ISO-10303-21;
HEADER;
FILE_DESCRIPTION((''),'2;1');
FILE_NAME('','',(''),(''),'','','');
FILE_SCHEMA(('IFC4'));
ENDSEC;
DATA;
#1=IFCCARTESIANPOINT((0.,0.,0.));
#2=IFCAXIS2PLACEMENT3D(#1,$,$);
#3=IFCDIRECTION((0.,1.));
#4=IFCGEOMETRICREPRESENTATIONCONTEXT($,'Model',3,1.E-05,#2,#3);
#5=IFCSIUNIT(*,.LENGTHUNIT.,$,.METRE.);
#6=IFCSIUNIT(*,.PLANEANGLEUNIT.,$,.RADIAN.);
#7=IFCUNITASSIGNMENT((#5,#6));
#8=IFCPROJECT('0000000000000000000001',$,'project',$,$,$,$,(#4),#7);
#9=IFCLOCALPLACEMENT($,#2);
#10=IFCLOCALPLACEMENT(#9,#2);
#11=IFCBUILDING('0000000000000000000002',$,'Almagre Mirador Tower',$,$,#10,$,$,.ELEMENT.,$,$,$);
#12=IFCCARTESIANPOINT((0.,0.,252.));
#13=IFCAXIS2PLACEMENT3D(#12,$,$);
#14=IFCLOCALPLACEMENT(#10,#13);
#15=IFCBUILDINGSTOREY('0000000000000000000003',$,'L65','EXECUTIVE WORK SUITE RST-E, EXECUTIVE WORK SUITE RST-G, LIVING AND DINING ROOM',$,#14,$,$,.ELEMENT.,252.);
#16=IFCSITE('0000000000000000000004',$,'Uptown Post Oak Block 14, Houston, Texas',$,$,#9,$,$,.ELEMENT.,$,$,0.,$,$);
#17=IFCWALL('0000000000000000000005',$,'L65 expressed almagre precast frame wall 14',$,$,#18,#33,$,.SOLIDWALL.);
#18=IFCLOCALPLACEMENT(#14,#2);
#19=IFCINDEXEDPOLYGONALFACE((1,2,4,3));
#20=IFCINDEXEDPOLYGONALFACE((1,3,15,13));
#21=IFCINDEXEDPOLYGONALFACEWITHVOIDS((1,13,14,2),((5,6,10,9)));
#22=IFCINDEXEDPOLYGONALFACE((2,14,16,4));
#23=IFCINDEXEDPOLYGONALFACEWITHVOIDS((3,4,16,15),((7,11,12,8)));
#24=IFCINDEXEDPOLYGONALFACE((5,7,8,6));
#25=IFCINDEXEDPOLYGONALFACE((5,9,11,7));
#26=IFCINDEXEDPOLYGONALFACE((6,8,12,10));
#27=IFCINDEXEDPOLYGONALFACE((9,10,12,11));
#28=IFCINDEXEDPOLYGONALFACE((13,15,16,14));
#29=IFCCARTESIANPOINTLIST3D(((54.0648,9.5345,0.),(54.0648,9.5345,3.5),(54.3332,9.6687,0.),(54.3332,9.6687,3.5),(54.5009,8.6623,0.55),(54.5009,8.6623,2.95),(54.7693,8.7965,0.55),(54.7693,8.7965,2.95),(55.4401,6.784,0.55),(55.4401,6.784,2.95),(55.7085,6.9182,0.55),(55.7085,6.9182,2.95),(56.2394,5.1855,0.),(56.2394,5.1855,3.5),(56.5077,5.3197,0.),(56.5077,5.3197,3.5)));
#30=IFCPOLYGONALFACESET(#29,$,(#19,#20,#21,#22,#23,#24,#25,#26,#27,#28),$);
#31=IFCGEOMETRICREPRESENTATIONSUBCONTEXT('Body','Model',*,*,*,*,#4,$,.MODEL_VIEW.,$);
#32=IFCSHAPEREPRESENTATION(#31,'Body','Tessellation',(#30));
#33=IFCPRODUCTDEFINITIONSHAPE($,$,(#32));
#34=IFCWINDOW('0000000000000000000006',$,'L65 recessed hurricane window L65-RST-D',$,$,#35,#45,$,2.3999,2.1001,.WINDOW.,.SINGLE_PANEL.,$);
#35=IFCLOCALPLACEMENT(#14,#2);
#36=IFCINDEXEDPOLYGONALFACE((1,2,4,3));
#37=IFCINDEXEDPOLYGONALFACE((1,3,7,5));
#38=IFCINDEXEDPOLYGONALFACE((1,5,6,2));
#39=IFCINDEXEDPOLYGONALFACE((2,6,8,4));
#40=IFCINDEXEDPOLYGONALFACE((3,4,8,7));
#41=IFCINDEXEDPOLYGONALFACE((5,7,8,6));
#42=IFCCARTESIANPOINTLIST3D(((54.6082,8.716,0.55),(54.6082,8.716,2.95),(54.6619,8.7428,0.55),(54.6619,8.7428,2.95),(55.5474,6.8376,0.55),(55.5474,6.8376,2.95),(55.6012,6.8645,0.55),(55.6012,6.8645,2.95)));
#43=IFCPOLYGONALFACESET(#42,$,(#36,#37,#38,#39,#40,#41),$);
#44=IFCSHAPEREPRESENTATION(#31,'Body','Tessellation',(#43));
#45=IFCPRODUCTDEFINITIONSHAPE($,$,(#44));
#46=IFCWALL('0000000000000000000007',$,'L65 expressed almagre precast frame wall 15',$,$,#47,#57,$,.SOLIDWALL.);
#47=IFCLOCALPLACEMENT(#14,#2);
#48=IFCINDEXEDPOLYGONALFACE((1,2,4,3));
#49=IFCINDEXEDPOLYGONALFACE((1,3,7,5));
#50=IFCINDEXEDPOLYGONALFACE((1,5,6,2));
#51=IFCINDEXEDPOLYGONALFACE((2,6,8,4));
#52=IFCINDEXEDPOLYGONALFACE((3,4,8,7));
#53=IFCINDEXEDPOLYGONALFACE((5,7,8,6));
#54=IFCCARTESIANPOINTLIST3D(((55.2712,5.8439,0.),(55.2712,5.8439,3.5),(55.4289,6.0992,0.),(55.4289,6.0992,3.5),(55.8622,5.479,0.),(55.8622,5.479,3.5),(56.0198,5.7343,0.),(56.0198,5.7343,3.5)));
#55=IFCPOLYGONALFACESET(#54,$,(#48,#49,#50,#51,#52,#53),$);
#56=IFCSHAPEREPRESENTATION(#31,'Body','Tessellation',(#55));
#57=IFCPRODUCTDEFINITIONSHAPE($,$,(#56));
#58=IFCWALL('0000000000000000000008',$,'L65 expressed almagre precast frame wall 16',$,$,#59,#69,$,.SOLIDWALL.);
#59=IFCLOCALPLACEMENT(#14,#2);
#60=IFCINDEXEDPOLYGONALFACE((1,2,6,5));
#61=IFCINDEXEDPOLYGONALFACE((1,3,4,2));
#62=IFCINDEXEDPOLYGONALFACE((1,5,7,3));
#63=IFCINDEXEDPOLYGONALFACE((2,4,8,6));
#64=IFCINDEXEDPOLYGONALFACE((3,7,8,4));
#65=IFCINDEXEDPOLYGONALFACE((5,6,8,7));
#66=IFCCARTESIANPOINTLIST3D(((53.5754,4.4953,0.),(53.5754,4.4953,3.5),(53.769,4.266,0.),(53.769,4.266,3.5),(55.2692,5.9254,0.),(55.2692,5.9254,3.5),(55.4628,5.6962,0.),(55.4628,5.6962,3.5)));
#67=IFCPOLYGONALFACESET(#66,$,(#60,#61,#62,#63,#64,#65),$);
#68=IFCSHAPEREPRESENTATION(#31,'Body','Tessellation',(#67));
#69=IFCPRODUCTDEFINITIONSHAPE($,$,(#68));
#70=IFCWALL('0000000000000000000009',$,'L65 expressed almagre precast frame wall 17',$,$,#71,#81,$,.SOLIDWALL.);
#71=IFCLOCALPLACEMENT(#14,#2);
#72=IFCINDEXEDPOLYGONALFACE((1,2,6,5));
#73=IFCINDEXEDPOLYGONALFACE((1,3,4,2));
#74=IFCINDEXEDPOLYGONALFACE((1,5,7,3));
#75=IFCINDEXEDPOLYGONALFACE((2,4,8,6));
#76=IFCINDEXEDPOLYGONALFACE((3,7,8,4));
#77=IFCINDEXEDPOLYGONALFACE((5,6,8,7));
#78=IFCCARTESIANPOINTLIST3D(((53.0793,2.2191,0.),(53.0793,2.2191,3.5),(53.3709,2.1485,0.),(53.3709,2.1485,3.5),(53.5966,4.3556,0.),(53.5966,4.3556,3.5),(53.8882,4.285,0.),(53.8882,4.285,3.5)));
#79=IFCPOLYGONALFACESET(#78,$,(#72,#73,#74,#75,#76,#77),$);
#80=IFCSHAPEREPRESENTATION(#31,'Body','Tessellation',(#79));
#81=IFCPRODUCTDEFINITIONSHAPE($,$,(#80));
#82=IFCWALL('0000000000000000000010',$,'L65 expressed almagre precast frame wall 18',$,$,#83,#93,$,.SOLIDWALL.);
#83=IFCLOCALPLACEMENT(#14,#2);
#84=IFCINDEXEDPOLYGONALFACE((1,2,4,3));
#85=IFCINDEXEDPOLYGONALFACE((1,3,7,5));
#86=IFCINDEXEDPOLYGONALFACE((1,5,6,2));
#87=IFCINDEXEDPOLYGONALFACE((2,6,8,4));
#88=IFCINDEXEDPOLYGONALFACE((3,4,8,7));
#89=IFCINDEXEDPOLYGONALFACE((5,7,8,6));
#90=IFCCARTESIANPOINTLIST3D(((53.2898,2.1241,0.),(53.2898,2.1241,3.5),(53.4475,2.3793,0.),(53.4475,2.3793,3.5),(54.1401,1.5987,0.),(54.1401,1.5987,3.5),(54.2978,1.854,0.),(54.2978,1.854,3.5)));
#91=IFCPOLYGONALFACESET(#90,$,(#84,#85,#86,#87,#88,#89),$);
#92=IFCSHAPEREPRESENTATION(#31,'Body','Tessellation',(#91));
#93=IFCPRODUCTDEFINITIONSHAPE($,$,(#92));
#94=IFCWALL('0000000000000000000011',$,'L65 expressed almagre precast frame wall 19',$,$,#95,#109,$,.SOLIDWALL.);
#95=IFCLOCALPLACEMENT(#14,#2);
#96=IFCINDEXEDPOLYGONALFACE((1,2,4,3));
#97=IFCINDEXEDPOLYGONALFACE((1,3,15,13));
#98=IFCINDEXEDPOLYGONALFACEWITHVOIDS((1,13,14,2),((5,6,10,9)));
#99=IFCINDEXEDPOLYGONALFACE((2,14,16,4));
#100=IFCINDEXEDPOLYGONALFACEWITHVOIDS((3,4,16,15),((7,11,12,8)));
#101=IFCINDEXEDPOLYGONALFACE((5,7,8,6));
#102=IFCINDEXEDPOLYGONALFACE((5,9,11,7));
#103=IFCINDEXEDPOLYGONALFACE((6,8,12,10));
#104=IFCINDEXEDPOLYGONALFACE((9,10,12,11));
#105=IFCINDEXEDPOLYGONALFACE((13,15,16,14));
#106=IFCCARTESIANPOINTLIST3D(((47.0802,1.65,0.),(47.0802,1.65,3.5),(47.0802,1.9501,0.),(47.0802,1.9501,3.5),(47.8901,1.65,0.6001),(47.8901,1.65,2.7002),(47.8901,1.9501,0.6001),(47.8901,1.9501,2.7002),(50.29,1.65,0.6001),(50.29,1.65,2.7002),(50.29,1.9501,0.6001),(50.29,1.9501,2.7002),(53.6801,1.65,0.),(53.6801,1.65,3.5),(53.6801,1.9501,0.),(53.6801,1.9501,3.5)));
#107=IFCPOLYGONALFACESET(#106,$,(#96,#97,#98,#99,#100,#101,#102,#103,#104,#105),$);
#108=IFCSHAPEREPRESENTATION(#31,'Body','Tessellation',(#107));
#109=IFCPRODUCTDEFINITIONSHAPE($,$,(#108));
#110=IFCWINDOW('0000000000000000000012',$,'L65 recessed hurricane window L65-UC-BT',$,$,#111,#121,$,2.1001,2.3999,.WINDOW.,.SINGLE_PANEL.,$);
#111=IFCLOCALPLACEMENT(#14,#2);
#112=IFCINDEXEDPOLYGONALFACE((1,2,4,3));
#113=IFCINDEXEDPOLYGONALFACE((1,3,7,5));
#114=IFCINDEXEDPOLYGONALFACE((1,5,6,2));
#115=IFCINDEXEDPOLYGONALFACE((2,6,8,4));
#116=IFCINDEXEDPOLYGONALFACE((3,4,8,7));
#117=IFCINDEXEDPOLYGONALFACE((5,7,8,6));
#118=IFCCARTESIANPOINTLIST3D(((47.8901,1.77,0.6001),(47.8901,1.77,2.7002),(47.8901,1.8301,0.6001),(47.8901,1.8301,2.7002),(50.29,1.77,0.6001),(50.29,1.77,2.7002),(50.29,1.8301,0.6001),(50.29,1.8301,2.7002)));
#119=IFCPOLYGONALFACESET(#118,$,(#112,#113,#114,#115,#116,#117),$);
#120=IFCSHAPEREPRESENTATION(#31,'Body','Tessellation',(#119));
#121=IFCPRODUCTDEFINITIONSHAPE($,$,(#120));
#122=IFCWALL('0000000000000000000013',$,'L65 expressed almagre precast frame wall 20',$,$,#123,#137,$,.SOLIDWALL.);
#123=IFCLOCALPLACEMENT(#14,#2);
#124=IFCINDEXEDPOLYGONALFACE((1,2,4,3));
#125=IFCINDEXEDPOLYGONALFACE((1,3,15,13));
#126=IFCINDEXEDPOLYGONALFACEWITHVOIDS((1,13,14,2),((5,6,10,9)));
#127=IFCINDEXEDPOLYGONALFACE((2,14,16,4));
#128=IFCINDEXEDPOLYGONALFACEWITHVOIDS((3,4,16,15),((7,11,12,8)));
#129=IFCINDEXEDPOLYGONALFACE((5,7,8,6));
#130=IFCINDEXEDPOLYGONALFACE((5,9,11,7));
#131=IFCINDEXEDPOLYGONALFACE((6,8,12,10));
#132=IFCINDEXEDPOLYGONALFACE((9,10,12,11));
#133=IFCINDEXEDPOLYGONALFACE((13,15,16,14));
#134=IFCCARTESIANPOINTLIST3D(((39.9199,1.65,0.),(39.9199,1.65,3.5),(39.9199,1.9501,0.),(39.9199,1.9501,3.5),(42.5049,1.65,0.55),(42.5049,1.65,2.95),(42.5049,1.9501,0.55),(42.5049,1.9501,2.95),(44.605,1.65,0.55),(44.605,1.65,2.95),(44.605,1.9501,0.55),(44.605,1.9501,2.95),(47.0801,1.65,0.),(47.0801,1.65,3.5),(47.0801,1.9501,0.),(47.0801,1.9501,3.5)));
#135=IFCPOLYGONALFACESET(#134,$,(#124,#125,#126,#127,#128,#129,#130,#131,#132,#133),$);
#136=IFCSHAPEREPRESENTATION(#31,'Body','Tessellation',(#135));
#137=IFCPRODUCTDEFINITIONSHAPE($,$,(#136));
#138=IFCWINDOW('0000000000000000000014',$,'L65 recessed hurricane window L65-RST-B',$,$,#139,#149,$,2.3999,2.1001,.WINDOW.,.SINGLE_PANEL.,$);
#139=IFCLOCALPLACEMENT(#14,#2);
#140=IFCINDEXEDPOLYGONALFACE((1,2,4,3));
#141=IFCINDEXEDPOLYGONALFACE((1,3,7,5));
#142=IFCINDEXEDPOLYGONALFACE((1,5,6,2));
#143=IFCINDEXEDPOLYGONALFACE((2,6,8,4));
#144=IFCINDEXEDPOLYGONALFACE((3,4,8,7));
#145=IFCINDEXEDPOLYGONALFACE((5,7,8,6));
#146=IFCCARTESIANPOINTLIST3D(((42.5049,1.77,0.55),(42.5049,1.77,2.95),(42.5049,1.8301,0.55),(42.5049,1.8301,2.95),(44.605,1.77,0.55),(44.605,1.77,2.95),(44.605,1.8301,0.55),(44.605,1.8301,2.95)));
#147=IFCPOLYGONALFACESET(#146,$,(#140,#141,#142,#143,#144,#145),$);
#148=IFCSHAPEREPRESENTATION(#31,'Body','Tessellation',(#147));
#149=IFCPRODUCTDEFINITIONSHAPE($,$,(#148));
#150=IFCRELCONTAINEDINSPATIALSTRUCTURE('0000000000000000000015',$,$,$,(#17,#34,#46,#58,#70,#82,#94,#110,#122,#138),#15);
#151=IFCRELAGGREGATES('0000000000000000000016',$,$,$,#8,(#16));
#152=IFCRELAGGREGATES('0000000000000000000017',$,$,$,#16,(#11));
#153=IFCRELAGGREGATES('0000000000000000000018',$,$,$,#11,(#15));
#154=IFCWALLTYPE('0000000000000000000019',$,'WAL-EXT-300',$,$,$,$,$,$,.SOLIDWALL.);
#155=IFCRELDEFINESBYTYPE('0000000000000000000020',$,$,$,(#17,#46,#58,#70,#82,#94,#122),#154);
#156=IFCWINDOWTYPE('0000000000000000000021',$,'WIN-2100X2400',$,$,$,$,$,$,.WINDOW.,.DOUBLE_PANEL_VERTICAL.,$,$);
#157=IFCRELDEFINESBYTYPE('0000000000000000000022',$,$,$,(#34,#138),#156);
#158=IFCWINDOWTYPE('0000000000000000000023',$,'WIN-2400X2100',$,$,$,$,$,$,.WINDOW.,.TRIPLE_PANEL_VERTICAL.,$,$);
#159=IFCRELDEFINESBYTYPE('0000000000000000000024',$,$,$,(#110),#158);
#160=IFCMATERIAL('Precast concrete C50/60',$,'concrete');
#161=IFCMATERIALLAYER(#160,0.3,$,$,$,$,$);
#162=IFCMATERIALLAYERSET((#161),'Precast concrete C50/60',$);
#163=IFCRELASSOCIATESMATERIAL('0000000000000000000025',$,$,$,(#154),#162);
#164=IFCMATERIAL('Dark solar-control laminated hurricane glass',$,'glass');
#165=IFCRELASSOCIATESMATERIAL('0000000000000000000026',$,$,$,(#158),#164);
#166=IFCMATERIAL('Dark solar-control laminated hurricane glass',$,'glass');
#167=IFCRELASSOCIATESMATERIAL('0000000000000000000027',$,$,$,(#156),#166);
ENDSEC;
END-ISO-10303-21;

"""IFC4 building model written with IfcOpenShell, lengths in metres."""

from ifc_helpers import new_model, si_unit, direction, frame, frame_2d, origin, place, context, subcontext, project, spatial, rectangle, extrude, material, layer, layer_set, type_object, element, fill, save


model = new_model("IFC4")

# Units and contexts
model_context = context("Model", 3, precision=1e-05, world=origin(), true_north=direction((0.0, 1.0)))
body_context = subcontext(model_context, "Body", "Model", "MODEL_VIEW")
ifc_project = project(units=[si_unit("LENGTHUNIT", "METRE"), si_unit("PLANEANGLEUNIT", "RADIAN")], contexts=[model_context])

# Site, building, storey
site_placement = place(None, origin())
site = spatial("IfcSite", under=ifc_project, at=site_placement, Name="Uptown Post Oak Block 14, Houston, Texas", CompositionType="ELEMENT", RefElevation=0.0)
building_placement = place(site_placement, origin())
building = spatial("IfcBuilding", under=site, at=building_placement, Name="Almagre Mirador Tower", CompositionType="ELEMENT")
storey_placement = place(building_placement, frame((0.0, 0.0, 252.0)))
storey = spatial("IfcBuildingStorey", under=building, at=storey_placement, Name="L65", Description="EXECUTIVE WORK SUITE RST-E, EXECUTIVE WORK SUITE RST-G, LIVING AND DINING ROOM", CompositionType="ELEMENT", Elevation=252.0)

# Wall, opening, window
ifc_material_1 = material(Name="Precast concrete C50/60", Category="concrete")
ifc_layer_1 = layer(ifc_material_1, 0.3)
ifc_layer_set_1 = layer_set([ifc_layer_1], Name="Precast concrete C50/60")
wall_type_1 = type_object("IfcWallType", Name="WAL-EXT-300", PredefinedType="SOLIDWALL", material=ifc_layer_set_1)
ifc_material_2 = material(Name="Dark solar-control laminated hurricane glass", Category="glass")
window_type_1 = type_object("IfcWindowType", Name="WIN-2400X2100", PartitioningType="TRIPLE_PANEL_VERTICAL", PredefinedType="WINDOW", material=ifc_material_2)
wall_1_placement = place(storey_placement, frame((54.199, 9.6016, 0.0), z_axis=(0.0, 0.0, 1.0), x_axis=(0.447234, -0.894417, 0.0)))
wall_1 = element("IfcWall", 1, at=wall_1_placement, inside=storey, type_object=wall_type_1, Name="L65 expressed almagre precast frame wall 14", PredefinedType="SOLIDWALL", context=body_context, shape_type="SweptSolid", body=[
    extrude(rectangle(XDim=4.8623, YDim=0.3, at=frame_2d((2.4312, 0.0))), origin(), (0.0, 0.0, 1.0), 3.5),
])
opening_1_placement = place(wall_1_placement, frame((0.9751, 0.0, 0.55)))
opening_1 = element("IfcOpeningElement", 2, at=opening_1_placement, cuts=wall_1, PredefinedType="OPENING", context=body_context, shape_type="SweptSolid", body=[
    extrude(rectangle(XDim=2.1001, YDim=2.3999, at=frame_2d((1.05, 1.2))), frame((0.0, 0.1599, 0.0), z_axis=(0.0, -1.0, 0.0), x_axis=(1.0, 0.0, 0.0)), (0.0, 0.0, 1.0), 0.32),
])
ifc_material_3 = material(Name="Dark solar-control laminated hurricane glass", Category="glass")
window_type_2 = type_object("IfcWindowType", Name="WIN-2100X2400", PartitioningType="DOUBLE_PANEL_VERTICAL", PredefinedType="WINDOW", material=ifc_material_3)
window_1_placement = place(opening_1_placement, origin())
window_1 = element("IfcWindow", 3, at=window_1_placement, inside=storey, type_object=window_type_2, Name="L65 recessed hurricane window L65-RST-D", OverallHeight=2.3999, OverallWidth=2.1001, PartitioningType="SINGLE_PANEL", PredefinedType="WINDOW", context=body_context, shape_type="SweptSolid", body=[
    extrude(rectangle(XDim=2.1001, YDim=2.3999, at=frame_2d((1.05, 1.2))), frame((0.0, 0.03, 0.0), z_axis=(0.0, -1.0, 0.0), x_axis=(1.0, 0.0, 0.0)), (0.0, 0.0, 1.0), 0.0601),
])
fill(opening_1, window_1)

# Walls
wall_2_placement = place(storey_placement, frame((55.9409, 5.6067, 0.0), z_axis=(0.0, 0.0, 1.0), x_axis=(-0.850849, 0.525411, 0.0)))
element("IfcWall", 4, at=wall_2_placement, inside=storey, type_object=wall_type_1, Name="L65 expressed almagre precast frame wall 15", PredefinedType="SOLIDWALL", context=body_context, shape_type="SweptSolid", body=[
    extrude(rectangle(XDim=0.6946, YDim=0.3, at=frame_2d((0.3472, 0.0))), origin(), (0.0, 0.0, 1.0), 3.5),
])
wall_3_placement = place(storey_placement, frame((55.366, 5.8108, 0.0), z_axis=(0.0, 0.0, 1.0), x_axis=(-0.764071, -0.645132, 0.0)))
element("IfcWall", 5, at=wall_3_placement, inside=storey, type_object=wall_type_1, Name="L65 expressed almagre precast frame wall 16", PredefinedType="SOLIDWALL", context=body_context, shape_type="SweptSolid", body=[
    extrude(rectangle(XDim=2.2168, YDim=0.3, at=frame_2d((1.1084, 0.0))), origin(), (0.0, 0.0, 1.0), 3.5),
])
wall_4_placement = place(storey_placement, frame((53.7424, 4.3203, 0.0), z_axis=(0.0, 0.0, 1.0), x_axis=(-0.235343, -0.971912, 0.0)))
element("IfcWall", 6, at=wall_4_placement, inside=storey, type_object=wall_type_1, Name="L65 expressed almagre precast frame wall 17", PredefinedType="SOLIDWALL", context=body_context, shape_type="SweptSolid", body=[
    extrude(rectangle(XDim=2.1982, YDim=0.3, at=frame_2d((1.0991, 0.0))), origin(), (0.0, 0.0, 1.0), 3.5),
])
wall_5_placement = place(storey_placement, frame((53.3687, 2.2517, 0.0), z_axis=(0.0, 0.0, 1.0), x_axis=(0.850718, -0.525623, 0.0)))
element("IfcWall", 7, at=wall_5_placement, inside=storey, type_object=wall_type_1, Name="L65 expressed almagre precast frame wall 18", PredefinedType="SOLIDWALL", context=body_context, shape_type="SweptSolid", body=[
    extrude(rectangle(XDim=0.9995, YDim=0.3, at=frame_2d((0.4998, 0.0))), origin(), (0.0, 0.0, 1.0), 3.5),
])

# Walls, openings, windows
wall_6_placement = place(storey_placement, frame((53.6799, 1.8, 0.0), z_axis=(0.0, 0.0, 1.0), x_axis=(-1.0, 0.0, 0.0)))
wall_6 = element("IfcWall", 8, at=wall_6_placement, inside=storey, type_object=wall_type_1, Name="L65 expressed almagre precast frame wall 19", PredefinedType="SOLIDWALL", context=body_context, shape_type="SweptSolid", body=[
    extrude(rectangle(XDim=6.5999, YDim=0.3, at=frame_2d((3.2998, 0.0))), origin(), (0.0, 0.0, 1.0), 3.5),
])
opening_2_placement = place(wall_6_placement, frame((3.3899, 0.0, 0.6001)))
opening_2 = element("IfcOpeningElement", 9, at=opening_2_placement, cuts=wall_6, PredefinedType="OPENING", context=body_context, shape_type="SweptSolid", body=[
    extrude(rectangle(XDim=2.3999, YDim=2.1001, at=frame_2d((1.2, 1.05))), frame((0.0, 0.1599, 0.0), z_axis=(0.0, -1.0, 0.0), x_axis=(1.0, 0.0, 0.0)), (0.0, 0.0, 1.0), 0.32),
])
window_2_placement = place(opening_2_placement, origin())
window_2 = element("IfcWindow", 10, at=window_2_placement, inside=storey, type_object=window_type_1, Name="L65 recessed hurricane window L65-UC-BT", OverallHeight=2.1001, OverallWidth=2.3999, PartitioningType="SINGLE_PANEL", PredefinedType="WINDOW", context=body_context, shape_type="SweptSolid", body=[
    extrude(rectangle(XDim=2.3999, YDim=2.1001, at=frame_2d((1.2, 1.05))), frame((0.0, 0.03, 0.0), z_axis=(0.0, -1.0, 0.0), x_axis=(1.0, 0.0, 0.0)), (0.0, 0.0, 1.0), 0.0601),
])
fill(opening_2, window_2)
wall_7_placement = place(storey_placement, frame((47.0801, 1.8, 0.0), z_axis=(0.0, 0.0, 1.0), x_axis=(-1.0, 0.0, 0.0)))
wall_7 = element("IfcWall", 11, at=wall_7_placement, inside=storey, type_object=wall_type_1, Name="L65 expressed almagre precast frame wall 20", PredefinedType="SOLIDWALL", context=body_context, shape_type="SweptSolid", body=[
    extrude(rectangle(XDim=7.1602, YDim=0.3, at=frame_2d((3.5801, 0.0))), origin(), (0.0, 0.0, 1.0), 3.5),
])
opening_3_placement = place(wall_7_placement, frame((2.4751, 0.0, 0.55)))
opening_3 = element("IfcOpeningElement", 12, at=opening_3_placement, cuts=wall_7, PredefinedType="OPENING", context=body_context, shape_type="SweptSolid", body=[
    extrude(rectangle(XDim=2.1001, YDim=2.3999, at=frame_2d((1.05, 1.2))), frame((0.0, 0.1599, 0.0), z_axis=(0.0, -1.0, 0.0), x_axis=(1.0, 0.0, 0.0)), (0.0, 0.0, 1.0), 0.32),
])
window_3_placement = place(opening_3_placement, origin())
window_3 = element("IfcWindow", 13, at=window_3_placement, inside=storey, type_object=window_type_2, Name="L65 recessed hurricane window L65-RST-B", OverallHeight=2.3999, OverallWidth=2.1001, PartitioningType="SINGLE_PANEL", PredefinedType="WINDOW", context=body_context, shape_type="SweptSolid", body=[
    extrude(rectangle(XDim=2.1001, YDim=2.3999, at=frame_2d((1.05, 1.2))), frame((0.0, 0.03, 0.0), z_axis=(0.0, -1.0, 0.0), x_axis=(1.0, 0.0, 0.0)), (0.0, 0.0, 1.0), 0.0601),
])
fill(opening_3, window_3)

save(model, "model.ifc")
